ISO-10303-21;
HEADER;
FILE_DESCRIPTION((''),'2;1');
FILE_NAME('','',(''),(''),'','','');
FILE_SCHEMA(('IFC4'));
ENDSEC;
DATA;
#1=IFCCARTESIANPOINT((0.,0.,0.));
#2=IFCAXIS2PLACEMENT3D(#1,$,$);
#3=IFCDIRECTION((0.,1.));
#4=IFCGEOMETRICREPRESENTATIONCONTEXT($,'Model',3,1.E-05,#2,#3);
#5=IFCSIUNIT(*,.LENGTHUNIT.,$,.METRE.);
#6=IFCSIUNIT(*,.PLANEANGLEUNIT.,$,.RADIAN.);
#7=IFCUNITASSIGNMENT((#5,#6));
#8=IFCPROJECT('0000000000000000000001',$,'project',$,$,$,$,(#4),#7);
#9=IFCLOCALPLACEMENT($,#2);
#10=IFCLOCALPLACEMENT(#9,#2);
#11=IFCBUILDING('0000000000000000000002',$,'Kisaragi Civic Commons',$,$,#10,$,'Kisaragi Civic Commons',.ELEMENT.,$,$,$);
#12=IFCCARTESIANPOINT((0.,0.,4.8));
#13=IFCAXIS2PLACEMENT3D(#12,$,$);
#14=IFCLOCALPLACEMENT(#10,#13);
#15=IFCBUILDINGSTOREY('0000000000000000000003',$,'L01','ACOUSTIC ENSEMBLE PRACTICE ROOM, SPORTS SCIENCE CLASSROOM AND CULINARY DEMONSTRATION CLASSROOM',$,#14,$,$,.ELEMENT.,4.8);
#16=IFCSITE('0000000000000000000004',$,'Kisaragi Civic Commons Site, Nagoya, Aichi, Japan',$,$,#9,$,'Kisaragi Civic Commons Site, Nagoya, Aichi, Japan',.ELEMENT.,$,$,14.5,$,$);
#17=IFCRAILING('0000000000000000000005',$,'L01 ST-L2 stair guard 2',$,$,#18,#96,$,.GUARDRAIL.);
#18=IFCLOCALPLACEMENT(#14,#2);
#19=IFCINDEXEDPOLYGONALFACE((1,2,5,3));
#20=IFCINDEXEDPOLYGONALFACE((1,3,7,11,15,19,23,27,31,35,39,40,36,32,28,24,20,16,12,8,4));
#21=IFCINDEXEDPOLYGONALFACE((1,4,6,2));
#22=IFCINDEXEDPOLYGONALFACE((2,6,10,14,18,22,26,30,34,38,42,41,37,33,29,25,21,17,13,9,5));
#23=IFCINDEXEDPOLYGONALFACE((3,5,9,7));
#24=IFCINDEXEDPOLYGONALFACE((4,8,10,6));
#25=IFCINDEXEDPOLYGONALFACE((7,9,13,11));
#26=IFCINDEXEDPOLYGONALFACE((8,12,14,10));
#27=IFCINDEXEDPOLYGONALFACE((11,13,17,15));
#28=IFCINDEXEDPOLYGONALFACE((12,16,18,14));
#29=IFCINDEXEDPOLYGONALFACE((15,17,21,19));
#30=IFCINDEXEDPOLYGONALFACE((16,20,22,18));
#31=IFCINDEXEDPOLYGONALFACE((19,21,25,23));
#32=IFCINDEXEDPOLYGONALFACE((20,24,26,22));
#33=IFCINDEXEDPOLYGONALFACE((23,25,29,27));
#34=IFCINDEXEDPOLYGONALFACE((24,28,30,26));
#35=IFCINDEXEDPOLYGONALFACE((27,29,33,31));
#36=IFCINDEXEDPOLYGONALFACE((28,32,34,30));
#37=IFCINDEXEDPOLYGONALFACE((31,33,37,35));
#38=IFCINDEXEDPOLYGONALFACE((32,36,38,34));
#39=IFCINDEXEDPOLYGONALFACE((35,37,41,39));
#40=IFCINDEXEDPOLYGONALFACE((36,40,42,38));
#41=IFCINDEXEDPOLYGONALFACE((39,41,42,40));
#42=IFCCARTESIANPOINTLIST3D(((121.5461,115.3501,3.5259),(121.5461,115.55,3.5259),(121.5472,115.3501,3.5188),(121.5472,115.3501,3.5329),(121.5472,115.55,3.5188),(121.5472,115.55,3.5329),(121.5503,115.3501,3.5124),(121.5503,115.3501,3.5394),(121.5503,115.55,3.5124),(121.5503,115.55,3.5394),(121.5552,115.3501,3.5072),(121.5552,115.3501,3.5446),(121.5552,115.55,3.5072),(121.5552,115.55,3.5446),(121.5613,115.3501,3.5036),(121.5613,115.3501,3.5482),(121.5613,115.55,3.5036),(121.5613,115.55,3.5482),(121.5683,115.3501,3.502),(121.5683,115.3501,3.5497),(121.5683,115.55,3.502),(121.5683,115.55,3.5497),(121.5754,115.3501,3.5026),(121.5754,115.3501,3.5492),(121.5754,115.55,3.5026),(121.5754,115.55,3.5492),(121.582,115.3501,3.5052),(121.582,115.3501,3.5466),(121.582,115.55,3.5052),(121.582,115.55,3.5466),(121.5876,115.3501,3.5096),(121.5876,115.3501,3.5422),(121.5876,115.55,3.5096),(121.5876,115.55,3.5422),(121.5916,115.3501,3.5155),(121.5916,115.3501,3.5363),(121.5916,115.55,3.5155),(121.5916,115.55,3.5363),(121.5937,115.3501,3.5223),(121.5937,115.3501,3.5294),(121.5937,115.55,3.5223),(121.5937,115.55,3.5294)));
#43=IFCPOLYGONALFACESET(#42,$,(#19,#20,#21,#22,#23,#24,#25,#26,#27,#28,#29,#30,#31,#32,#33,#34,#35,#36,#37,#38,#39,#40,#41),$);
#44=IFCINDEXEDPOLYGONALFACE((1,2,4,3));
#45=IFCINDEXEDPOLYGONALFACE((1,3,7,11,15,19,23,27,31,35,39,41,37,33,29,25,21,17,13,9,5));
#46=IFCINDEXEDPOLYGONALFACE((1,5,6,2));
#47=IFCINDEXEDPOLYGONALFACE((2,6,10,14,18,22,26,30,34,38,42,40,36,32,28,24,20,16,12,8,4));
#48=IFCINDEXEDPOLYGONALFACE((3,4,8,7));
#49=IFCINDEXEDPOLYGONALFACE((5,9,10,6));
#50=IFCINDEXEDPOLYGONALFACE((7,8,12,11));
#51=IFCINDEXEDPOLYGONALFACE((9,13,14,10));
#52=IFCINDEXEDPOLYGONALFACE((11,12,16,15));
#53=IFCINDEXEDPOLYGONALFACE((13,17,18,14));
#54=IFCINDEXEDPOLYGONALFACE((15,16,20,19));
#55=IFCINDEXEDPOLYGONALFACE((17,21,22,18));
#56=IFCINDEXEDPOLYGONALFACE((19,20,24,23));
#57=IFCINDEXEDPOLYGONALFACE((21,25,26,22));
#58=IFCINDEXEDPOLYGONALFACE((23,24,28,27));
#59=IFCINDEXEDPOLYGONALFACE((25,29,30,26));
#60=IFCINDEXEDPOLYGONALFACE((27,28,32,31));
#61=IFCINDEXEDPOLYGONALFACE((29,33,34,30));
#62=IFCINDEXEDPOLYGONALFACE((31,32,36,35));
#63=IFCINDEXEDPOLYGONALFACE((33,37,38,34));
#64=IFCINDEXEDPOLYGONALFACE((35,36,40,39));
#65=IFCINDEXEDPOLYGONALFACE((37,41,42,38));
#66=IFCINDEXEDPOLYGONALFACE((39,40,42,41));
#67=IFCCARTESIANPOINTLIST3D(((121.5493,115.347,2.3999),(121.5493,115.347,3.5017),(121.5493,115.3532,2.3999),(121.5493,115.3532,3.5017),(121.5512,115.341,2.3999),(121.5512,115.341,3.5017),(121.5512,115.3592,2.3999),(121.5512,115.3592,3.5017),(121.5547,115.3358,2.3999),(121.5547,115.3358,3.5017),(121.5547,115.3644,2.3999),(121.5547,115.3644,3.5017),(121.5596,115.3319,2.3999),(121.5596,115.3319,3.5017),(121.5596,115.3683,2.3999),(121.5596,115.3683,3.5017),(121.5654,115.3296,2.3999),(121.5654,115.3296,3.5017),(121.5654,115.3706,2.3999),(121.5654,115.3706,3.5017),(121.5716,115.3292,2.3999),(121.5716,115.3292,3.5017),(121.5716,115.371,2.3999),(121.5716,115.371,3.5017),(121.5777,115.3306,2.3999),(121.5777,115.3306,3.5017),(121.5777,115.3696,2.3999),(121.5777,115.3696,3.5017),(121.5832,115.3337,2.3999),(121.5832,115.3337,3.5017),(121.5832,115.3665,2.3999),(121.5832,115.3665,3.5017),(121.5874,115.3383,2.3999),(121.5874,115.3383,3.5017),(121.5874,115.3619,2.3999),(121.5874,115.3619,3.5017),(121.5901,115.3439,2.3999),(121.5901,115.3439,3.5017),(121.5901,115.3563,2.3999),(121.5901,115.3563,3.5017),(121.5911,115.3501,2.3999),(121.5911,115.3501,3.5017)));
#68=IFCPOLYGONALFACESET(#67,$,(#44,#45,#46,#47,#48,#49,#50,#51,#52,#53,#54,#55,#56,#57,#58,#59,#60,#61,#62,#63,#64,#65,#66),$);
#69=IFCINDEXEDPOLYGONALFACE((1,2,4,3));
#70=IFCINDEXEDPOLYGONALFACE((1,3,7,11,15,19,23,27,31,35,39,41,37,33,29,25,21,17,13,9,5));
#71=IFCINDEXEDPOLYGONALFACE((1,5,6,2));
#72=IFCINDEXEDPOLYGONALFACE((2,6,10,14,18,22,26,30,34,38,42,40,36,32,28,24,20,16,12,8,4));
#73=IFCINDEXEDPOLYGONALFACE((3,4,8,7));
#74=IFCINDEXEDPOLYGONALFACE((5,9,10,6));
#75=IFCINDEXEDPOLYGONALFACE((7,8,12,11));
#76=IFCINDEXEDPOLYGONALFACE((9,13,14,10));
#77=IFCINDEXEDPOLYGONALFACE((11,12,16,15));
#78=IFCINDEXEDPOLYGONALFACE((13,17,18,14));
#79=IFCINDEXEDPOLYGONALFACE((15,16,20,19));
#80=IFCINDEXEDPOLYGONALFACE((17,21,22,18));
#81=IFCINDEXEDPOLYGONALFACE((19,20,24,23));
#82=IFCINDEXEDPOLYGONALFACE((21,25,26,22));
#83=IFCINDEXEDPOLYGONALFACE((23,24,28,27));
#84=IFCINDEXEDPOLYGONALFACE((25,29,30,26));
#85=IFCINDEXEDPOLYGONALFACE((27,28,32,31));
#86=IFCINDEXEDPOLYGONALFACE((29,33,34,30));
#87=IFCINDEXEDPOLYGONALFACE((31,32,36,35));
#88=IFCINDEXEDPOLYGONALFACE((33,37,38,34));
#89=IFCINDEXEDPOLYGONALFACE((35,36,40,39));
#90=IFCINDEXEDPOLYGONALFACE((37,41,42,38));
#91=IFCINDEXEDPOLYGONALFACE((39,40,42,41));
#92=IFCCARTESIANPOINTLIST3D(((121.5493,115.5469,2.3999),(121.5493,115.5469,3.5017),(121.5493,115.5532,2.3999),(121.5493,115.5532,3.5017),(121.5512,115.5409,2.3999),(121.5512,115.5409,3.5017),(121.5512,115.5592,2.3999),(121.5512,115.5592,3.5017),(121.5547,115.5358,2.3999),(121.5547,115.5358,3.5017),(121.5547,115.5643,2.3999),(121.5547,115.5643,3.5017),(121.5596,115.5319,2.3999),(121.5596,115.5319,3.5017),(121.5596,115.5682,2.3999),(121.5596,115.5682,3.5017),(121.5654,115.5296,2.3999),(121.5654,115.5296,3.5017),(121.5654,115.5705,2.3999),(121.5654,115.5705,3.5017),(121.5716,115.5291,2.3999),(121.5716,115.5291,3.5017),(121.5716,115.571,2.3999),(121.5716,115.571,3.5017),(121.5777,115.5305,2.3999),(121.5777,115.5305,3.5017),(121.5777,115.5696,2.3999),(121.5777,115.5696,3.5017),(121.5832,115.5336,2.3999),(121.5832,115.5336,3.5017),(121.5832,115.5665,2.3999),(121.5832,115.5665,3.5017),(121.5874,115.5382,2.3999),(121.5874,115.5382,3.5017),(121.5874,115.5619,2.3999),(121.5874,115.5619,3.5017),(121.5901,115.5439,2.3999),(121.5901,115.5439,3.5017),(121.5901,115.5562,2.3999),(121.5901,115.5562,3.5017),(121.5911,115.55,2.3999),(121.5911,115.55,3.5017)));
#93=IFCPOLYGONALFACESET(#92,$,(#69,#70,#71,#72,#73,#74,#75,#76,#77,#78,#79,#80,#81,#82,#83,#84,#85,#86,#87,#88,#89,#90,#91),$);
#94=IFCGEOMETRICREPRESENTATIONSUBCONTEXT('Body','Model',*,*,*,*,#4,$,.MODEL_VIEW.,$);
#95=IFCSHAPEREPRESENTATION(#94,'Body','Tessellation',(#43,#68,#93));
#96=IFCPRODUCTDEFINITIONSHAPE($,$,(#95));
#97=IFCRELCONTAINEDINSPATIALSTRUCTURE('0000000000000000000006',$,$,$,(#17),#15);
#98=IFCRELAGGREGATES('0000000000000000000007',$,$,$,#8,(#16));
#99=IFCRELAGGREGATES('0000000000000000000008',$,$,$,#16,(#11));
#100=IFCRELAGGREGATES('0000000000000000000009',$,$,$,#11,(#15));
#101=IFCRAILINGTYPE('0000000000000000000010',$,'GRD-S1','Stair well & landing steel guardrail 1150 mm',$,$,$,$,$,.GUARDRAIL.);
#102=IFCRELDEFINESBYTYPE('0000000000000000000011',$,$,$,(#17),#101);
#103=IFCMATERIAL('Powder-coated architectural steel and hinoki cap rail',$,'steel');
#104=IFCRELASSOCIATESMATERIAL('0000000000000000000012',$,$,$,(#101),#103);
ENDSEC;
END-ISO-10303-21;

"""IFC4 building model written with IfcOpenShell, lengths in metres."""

from ifc_helpers import new_model, si_unit, direction, frame, origin, origin_2d, place, context, subcontext, project, spatial, circle, extrude, material, type_object, element, save


model = new_model("IFC4")

# Units and contexts
model_context = context("Model", 3, precision=1e-05, world=origin(), true_north=direction((0.0, 1.0)))
body_context = subcontext(model_context, "Body", "Model", "MODEL_VIEW")
ifc_project = project(units=[si_unit("LENGTHUNIT", "METRE"), si_unit("PLANEANGLEUNIT", "RADIAN")], contexts=[model_context])

# Site, building, storey
site_placement = place(None, origin())
site = spatial("IfcSite", under=ifc_project, at=site_placement, Name="Kisaragi Civic Commons Site, Nagoya, Aichi, Japan", LongName="Kisaragi Civic Commons Site, Nagoya, Aichi, Japan", CompositionType="ELEMENT", RefElevation=14.5)
building_placement = place(site_placement, origin())
building = spatial("IfcBuilding", under=site, at=building_placement, Name="Kisaragi Civic Commons", LongName="Kisaragi Civic Commons", CompositionType="ELEMENT")
storey_placement = place(building_placement, frame((0.0, 0.0, 4.8)))
storey = spatial("IfcBuildingStorey", under=building, at=storey_placement, Name="L01", Description="ACOUSTIC ENSEMBLE PRACTICE ROOM, SPORTS SCIENCE CLASSROOM AND CULINARY DEMONSTRATION CLASSROOM", CompositionType="ELEMENT", Elevation=4.8)

# Railing
ifc_material_1 = material(Name="Powder-coated architectural steel and hinoki cap rail", Category="steel")
railing_type_1 = type_object("IfcRailingType", Name="GRD-S1", Description="Stair well & landing steel guardrail 1150 mm", PredefinedType="GUARDRAIL", material=ifc_material_1)
railing_1_placement = place(storey_placement, frame((121.5701, 115.3501, 2.3999)))
element("IfcRailing", 1, at=railing_1_placement, inside=storey, type_object=railing_type_1, Name="L01 ST-L2 stair guard 2", PredefinedType="GUARDRAIL", context=body_context, shape_type="SweptSolid", body=[
    extrude(circle(Radius=0.0239, at=origin_2d()), frame((0.0, 0.0, 1.126), z_axis=(0.0, 1.0, 0.0), x_axis=(-1.0, 0.0, 0.0)), (0.0, 0.0, 1.0), 0.2),
    extrude(circle(Radius=0.021, at=origin_2d()), origin(), (0.0, 0.0, 1.0), 1.1018),
    extrude(circle(Radius=0.021, at=origin_2d()), frame((0.0, 0.2, 0.0)), (0.0, 0.0, 1.0), 1.1018),
])

save(model, "model.ifc")
